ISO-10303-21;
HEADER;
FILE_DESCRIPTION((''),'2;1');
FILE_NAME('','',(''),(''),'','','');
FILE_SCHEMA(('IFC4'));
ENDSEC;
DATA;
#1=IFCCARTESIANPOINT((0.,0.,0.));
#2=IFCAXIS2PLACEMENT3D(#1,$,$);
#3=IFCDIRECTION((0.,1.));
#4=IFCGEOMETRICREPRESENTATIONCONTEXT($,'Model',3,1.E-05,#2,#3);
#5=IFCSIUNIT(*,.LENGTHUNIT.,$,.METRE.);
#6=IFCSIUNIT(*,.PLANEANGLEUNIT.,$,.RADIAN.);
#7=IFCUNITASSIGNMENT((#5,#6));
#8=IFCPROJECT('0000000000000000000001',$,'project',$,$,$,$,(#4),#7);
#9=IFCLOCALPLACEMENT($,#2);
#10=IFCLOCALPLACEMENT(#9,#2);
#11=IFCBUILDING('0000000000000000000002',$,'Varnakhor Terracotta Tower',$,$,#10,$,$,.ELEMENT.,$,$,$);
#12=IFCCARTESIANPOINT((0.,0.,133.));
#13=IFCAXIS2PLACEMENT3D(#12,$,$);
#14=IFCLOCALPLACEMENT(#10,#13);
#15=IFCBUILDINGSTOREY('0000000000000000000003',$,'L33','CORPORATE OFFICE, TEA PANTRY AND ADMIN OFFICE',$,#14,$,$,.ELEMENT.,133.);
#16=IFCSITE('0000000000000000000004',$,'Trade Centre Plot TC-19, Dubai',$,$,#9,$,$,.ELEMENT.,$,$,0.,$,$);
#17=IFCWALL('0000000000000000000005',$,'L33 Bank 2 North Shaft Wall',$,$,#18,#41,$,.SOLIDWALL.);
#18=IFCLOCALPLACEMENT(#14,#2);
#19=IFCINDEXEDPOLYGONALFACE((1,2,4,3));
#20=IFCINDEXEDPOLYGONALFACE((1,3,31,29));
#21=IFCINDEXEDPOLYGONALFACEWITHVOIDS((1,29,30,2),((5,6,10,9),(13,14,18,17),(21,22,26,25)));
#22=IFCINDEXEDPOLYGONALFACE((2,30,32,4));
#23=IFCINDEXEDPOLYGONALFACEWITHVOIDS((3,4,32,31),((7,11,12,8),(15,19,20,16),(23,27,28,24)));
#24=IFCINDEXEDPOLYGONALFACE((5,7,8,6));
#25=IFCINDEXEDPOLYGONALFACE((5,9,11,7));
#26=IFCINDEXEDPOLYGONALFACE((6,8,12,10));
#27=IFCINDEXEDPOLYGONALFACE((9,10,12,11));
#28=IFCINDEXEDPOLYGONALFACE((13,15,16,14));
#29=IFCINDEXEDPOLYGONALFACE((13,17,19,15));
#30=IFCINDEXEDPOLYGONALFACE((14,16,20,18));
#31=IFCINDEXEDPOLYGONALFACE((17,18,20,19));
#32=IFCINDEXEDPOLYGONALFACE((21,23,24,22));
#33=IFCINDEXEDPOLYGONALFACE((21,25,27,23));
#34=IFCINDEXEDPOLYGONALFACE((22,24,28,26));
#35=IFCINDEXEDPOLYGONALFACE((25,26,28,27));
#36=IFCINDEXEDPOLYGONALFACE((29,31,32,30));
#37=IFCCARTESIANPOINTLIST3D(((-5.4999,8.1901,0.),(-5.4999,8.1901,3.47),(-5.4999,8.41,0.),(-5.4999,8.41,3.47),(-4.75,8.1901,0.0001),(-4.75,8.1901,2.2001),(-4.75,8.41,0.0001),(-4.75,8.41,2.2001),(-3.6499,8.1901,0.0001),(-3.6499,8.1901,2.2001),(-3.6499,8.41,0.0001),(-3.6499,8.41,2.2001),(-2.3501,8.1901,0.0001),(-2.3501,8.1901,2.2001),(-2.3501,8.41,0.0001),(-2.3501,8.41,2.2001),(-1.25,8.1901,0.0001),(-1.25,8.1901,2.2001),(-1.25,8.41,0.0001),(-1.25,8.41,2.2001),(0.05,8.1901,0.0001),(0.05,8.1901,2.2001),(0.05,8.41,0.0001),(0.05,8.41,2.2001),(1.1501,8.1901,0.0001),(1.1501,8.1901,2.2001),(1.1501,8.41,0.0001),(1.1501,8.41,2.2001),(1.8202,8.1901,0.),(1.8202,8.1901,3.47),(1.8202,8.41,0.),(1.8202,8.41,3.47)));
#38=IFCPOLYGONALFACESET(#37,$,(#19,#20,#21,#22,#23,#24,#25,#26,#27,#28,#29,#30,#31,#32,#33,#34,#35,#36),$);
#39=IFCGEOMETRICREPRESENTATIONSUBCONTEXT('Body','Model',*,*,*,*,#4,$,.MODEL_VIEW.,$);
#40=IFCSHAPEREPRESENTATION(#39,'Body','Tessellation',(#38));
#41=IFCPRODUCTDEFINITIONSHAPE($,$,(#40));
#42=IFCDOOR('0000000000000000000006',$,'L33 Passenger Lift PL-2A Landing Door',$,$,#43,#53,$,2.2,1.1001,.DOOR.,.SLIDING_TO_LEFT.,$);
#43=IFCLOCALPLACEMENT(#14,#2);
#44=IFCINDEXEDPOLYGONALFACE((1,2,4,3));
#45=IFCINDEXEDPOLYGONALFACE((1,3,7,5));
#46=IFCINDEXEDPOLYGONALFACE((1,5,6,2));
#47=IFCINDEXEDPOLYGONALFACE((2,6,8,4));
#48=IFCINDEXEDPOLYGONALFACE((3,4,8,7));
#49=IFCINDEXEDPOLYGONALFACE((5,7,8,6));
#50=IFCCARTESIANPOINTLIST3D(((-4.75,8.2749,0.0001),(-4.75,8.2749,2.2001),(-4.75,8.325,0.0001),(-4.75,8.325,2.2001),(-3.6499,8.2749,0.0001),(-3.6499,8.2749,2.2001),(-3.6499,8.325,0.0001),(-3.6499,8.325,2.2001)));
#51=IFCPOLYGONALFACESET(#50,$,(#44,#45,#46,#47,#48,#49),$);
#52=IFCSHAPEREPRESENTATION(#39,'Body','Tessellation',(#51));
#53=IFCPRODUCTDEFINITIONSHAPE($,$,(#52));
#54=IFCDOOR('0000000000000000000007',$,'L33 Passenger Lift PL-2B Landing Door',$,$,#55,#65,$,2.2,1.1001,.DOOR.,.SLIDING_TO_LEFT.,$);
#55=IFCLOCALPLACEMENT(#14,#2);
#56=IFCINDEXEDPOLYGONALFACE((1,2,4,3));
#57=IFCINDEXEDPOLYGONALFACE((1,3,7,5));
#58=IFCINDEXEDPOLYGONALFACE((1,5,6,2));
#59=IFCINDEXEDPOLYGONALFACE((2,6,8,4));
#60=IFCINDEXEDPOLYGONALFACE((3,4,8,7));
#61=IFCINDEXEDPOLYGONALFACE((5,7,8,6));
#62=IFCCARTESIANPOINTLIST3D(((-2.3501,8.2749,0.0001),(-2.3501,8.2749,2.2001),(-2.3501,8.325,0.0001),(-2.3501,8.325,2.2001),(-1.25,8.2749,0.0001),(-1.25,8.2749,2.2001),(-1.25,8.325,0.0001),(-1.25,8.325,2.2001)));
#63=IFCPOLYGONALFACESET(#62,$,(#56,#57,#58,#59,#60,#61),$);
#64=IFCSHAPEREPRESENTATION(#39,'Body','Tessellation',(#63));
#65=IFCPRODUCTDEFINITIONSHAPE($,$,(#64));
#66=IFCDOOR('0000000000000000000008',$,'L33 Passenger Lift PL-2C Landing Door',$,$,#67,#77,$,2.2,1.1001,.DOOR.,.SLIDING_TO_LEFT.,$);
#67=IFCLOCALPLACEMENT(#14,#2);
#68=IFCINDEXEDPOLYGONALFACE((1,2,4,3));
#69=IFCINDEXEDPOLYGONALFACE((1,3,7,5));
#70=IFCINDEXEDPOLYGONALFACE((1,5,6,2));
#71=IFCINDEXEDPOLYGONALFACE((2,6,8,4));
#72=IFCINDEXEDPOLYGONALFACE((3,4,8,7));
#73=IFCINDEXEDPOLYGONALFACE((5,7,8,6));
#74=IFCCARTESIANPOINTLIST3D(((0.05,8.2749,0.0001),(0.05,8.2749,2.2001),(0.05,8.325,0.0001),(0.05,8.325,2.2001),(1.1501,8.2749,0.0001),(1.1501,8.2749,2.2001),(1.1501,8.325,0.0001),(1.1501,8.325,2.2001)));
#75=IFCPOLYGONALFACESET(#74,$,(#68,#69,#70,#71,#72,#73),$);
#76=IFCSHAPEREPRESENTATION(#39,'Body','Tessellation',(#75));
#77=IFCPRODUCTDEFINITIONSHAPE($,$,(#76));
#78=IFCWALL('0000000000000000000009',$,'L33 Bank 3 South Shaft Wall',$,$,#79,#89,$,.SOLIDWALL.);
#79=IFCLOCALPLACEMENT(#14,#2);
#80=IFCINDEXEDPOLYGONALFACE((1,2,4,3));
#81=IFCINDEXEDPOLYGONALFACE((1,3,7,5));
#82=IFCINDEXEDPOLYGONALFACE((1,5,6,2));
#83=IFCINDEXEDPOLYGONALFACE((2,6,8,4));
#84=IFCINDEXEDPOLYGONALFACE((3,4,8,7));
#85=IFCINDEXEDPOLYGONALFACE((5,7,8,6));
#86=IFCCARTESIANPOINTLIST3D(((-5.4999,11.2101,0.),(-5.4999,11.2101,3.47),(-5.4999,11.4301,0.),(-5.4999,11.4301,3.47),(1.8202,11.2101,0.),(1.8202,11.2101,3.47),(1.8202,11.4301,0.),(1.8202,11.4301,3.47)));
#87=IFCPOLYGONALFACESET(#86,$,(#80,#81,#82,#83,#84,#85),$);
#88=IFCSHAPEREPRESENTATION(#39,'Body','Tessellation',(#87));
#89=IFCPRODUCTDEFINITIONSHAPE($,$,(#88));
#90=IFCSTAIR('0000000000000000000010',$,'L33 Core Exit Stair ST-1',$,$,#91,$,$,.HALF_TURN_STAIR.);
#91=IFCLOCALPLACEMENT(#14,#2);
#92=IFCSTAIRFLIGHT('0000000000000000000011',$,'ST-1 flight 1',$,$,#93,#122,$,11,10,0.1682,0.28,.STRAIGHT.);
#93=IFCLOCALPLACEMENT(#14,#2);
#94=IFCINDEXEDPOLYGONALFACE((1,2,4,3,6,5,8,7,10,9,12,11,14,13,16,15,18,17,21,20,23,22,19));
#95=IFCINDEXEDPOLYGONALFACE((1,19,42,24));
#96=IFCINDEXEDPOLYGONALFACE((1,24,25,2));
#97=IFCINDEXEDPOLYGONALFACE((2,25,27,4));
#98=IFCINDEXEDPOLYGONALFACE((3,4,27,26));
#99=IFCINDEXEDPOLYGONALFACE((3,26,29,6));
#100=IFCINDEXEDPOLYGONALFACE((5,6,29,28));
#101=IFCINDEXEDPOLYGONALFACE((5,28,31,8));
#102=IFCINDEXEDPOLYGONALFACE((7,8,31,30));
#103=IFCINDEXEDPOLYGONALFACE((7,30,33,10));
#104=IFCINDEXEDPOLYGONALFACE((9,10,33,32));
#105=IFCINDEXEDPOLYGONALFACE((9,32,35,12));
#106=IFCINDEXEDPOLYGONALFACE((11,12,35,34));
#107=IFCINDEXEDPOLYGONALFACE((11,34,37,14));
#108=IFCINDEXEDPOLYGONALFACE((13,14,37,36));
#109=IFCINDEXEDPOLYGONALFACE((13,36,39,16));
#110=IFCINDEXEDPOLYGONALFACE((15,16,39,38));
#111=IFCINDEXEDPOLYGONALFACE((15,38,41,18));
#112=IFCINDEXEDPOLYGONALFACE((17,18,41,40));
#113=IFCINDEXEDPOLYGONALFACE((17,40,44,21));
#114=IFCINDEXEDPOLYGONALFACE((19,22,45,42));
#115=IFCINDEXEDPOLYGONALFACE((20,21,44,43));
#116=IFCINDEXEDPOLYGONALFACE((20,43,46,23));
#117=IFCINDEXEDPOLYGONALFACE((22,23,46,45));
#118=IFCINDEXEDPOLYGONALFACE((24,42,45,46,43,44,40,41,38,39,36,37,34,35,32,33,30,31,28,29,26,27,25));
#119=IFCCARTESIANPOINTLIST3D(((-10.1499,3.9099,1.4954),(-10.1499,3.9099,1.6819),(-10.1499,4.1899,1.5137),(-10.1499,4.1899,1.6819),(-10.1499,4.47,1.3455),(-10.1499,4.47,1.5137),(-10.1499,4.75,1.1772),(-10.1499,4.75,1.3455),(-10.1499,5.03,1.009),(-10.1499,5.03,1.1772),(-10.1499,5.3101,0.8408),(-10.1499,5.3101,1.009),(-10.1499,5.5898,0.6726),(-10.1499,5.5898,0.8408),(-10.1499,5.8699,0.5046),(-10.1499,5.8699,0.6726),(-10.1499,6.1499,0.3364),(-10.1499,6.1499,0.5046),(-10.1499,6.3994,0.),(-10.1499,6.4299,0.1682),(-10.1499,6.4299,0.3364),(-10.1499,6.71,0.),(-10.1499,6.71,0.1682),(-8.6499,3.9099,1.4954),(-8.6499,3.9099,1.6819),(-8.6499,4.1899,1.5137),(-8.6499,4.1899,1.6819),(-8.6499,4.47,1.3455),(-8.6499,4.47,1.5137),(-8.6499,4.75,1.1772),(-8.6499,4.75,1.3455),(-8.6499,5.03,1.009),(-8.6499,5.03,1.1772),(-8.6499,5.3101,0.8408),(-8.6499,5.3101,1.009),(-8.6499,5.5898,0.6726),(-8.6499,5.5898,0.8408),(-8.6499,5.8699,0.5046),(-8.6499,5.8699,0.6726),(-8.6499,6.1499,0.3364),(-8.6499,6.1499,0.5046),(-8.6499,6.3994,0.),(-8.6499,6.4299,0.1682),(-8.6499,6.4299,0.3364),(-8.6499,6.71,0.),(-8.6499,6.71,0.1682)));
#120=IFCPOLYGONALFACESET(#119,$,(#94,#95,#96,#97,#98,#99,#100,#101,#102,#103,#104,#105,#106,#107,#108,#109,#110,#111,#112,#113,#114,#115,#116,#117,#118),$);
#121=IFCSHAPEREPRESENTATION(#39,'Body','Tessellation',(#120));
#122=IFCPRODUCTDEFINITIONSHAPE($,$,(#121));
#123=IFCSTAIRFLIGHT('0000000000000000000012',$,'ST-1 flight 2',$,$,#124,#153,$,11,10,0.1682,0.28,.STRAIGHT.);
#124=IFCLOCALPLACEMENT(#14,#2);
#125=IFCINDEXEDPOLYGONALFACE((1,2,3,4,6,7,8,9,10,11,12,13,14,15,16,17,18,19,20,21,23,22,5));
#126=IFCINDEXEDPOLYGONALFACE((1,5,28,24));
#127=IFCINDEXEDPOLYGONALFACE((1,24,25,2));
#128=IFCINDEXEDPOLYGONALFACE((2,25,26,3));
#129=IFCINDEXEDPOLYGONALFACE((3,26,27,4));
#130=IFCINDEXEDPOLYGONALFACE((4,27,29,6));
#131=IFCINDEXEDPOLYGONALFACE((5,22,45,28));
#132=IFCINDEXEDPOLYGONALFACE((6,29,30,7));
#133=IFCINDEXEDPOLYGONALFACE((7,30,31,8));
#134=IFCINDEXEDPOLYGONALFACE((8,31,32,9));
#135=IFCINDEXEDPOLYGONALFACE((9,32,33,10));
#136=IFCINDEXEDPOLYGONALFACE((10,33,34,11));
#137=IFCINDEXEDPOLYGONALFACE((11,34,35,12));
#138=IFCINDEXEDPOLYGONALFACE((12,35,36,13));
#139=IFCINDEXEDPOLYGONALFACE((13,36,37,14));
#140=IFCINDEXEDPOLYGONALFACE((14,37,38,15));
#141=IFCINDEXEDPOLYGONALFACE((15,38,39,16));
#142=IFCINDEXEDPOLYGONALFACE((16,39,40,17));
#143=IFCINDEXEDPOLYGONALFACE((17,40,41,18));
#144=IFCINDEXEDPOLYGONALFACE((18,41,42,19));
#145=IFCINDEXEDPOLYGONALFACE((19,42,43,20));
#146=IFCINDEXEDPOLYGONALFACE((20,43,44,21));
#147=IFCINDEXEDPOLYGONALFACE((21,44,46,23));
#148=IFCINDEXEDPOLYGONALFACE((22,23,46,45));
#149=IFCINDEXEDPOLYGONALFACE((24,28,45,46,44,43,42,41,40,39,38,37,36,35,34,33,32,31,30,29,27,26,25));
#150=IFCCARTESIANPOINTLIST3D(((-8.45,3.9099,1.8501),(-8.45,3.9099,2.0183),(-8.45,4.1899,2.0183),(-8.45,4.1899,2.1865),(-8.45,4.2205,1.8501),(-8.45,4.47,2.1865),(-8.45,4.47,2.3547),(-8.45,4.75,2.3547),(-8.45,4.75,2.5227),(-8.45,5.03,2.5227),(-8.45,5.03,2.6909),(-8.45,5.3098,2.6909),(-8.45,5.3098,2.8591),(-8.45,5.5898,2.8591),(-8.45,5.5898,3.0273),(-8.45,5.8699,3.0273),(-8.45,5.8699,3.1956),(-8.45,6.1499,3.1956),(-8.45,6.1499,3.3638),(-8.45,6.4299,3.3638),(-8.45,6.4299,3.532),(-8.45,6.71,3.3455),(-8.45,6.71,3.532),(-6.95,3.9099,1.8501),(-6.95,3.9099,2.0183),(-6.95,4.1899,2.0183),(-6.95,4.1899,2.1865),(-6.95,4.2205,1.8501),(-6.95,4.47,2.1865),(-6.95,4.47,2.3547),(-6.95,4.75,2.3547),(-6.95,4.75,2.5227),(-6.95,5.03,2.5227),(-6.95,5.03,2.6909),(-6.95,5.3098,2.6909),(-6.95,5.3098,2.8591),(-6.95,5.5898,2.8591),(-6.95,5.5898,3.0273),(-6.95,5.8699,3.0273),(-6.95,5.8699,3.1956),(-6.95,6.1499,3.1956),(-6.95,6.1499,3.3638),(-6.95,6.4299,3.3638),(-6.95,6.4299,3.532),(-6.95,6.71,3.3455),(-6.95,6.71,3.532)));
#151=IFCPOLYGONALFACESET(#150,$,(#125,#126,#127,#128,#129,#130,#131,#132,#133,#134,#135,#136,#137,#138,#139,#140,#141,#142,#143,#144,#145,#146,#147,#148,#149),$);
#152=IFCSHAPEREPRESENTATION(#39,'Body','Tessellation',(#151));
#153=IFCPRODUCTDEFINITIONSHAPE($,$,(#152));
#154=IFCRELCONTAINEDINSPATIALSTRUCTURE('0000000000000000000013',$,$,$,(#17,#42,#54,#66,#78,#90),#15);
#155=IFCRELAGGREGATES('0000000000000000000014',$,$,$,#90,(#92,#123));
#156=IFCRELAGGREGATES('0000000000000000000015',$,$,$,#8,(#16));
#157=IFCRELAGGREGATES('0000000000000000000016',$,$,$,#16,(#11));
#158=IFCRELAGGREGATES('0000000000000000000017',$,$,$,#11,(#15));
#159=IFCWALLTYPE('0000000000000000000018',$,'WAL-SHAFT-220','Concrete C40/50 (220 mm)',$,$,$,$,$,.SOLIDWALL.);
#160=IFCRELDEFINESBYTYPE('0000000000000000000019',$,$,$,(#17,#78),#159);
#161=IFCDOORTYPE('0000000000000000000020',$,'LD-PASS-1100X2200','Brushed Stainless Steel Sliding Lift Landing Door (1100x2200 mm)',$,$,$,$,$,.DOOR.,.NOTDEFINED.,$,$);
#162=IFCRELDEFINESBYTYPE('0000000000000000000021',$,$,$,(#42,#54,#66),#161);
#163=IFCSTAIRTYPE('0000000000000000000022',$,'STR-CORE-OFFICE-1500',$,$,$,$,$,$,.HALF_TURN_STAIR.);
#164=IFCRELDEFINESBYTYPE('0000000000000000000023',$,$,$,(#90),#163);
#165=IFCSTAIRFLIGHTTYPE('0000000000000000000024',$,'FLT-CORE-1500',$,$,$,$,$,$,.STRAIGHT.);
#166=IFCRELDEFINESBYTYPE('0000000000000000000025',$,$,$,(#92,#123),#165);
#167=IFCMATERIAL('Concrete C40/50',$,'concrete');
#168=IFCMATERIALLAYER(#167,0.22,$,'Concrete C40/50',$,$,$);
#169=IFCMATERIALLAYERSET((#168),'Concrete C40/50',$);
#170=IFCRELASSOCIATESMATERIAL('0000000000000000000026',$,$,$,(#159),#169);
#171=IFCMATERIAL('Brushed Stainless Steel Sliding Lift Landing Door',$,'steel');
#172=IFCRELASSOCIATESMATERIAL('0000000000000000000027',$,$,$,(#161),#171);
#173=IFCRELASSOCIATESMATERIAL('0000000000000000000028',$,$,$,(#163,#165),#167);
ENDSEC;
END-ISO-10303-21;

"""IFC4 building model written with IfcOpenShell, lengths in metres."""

from ifc_helpers import new_model, si_unit, direction, frame, frame_2d, origin, place, context, subcontext, project, spatial, polyline, rectangle, outline, extrude, source, transform, mapped, material, layer, layer_set, type_object, type_shapes, element, fill, aggregate, save


model = new_model("IFC4")

# Units and contexts
model_context = context("Model", 3, precision=1e-05, world=origin(), true_north=direction((0.0, 1.0)))
body_context = subcontext(model_context, "Body", "Model", "MODEL_VIEW")
ifc_project = project(units=[si_unit("LENGTHUNIT", "METRE"), si_unit("PLANEANGLEUNIT", "RADIAN")], contexts=[model_context])

# Site, building, storey
site_placement = place(None, origin())
site = spatial("IfcSite", under=ifc_project, at=site_placement, Name="Trade Centre Plot TC-19, Dubai", CompositionType="ELEMENT", RefElevation=0.0)
building_placement = place(site_placement, origin())
building = spatial("IfcBuilding", under=site, at=building_placement, Name="Varnakhor Terracotta Tower", CompositionType="ELEMENT")
storey_placement = place(building_placement, frame((0.0, 0.0, 133.0)))
storey = spatial("IfcBuildingStorey", under=building, at=storey_placement, Name="L33", Description="CORPORATE OFFICE, TEA PANTRY AND ADMIN OFFICE", CompositionType="ELEMENT", Elevation=133.0)

# Shared definitions
ifc_material_1 = material(Name="Concrete C40/50", Category="concrete")

# Shared definitions
ifc_layer_1 = layer(ifc_material_1, 0.22, Name="Concrete C40/50")
ifc_layer_set_1 = layer_set([ifc_layer_1], Name="Concrete C40/50")
wall_type_1 = type_object("IfcWallType", Name="WAL-SHAFT-220", Description="Concrete C40/50 (220 mm)", PredefinedType="SOLIDWALL", material=ifc_layer_set_1)

# Wall, openings, doors
wall_1_placement = place(storey_placement, frame((-5.5, 8.3, 0.0), z_axis=(0.0, 0.0, 1.0), x_axis=(1.0, 0.0, 0.0)))
wall_1 = element("IfcWall", 1, at=wall_1_placement, inside=storey, type_object=wall_type_1, Name="L33 Bank 2 North Shaft Wall", PredefinedType="SOLIDWALL", context=body_context, shape_type="SweptSolid", body=[
    extrude(rectangle(XDim=7.3201, YDim=0.22, at=frame_2d((3.6602, 0.0))), origin(), (0.0, 0.0, 1.0), 3.47),
])
opening_1_placement = place(wall_1_placement, frame((0.75, 0.0, 0.0)))
opening_1 = element("IfcOpeningElement", 2, at=opening_1_placement, cuts=wall_1, PredefinedType="OPENING", context=body_context, shape_type="SweptSolid", body=[
    extrude(rectangle(XDim=1.1001, YDim=2.2, at=frame_2d((0.55, 1.1001))), frame((0.0, 0.1201, 0.0), z_axis=(0.0, -1.0, 0.0), x_axis=(1.0, 0.0, 0.0)), (0.0, 0.0, 1.0), 0.24),
])
opening_2_placement = place(wall_1_placement, frame((3.1499, 0.0, 0.0)))
opening_2 = element("IfcOpeningElement", 3, at=opening_2_placement, cuts=wall_1, PredefinedType="OPENING", context=body_context, shape_type="SweptSolid", body=[
    extrude(rectangle(XDim=1.1001, YDim=2.2, at=frame_2d((0.55, 1.1001))), frame((0.0, 0.1201, 0.0), z_axis=(0.0, -1.0, 0.0), x_axis=(1.0, 0.0, 0.0)), (0.0, 0.0, 1.0), 0.24),
])
opening_3_placement = place(wall_1_placement, frame((5.55, 0.0, 0.0)))
opening_3 = element("IfcOpeningElement", 4, at=opening_3_placement, cuts=wall_1, PredefinedType="OPENING", context=body_context, shape_type="SweptSolid", body=[
    extrude(rectangle(XDim=1.1001, YDim=2.2, at=frame_2d((0.55, 1.1001))), frame((0.0, 0.1201, 0.0), z_axis=(0.0, -1.0, 0.0), x_axis=(1.0, 0.0, 0.0)), (0.0, 0.0, 1.0), 0.24),
])
ifc_material_2 = material(Name="Brushed Stainless Steel Sliding Lift Landing Door", Category="steel")
door_type_1 = type_object("IfcDoorType", Name="LD-PASS-1100X2200", Description="Brushed Stainless Steel Sliding Lift Landing Door (1100x2200 mm)", OperationType="NOTDEFINED", PredefinedType="DOOR", material=ifc_material_2)
shared_shape_1 = source(origin(), body_context, "Body", "SweptSolid", [
    extrude(rectangle(XDim=1.1001, YDim=2.2, at=frame_2d((0.55, 1.1001))), frame((0.0, 0.0249, 0.0), z_axis=(0.0, -1.0, 0.0), x_axis=(1.0, 0.0, 0.0)), (0.0, 0.0, 1.0), 0.05),
])
type_shapes(door_type_1, [shared_shape_1])
door_1_placement = place(opening_1_placement, origin())
door_1 = element("IfcDoor", 5, at=door_1_placement, inside=storey, type_object=door_type_1, Name="L33 Passenger Lift PL-2A Landing Door", OperationType="SLIDING_TO_LEFT", OverallHeight=2.2, OverallWidth=1.1001, PredefinedType="DOOR", context=body_context, shape_type="MappedRepresentation", body=[
    mapped(shared_shape_1, transform((0.0, 0.0, 0.0), scale=1.0)),
])
fill(opening_1, door_1)
door_2_placement = place(opening_2_placement, origin())
door_2 = element("IfcDoor", 6, at=door_2_placement, inside=storey, type_object=door_type_1, Name="L33 Passenger Lift PL-2B Landing Door", OperationType="SLIDING_TO_LEFT", OverallHeight=2.2, OverallWidth=1.1001, PredefinedType="DOOR", context=body_context, shape_type="MappedRepresentation", body=[
    mapped(shared_shape_1, transform((0.0, 0.0, 0.0), scale=1.0)),
])
fill(opening_2, door_2)
door_3_placement = place(opening_3_placement, origin())
door_3 = element("IfcDoor", 7, at=door_3_placement, inside=storey, type_object=door_type_1, Name="L33 Passenger Lift PL-2C Landing Door", OperationType="SLIDING_TO_LEFT", OverallHeight=2.2, OverallWidth=1.1001, PredefinedType="DOOR", context=body_context, shape_type="MappedRepresentation", body=[
    mapped(shared_shape_1, transform((0.0, 0.0, 0.0), scale=1.0)),
])
fill(opening_3, door_3)

# Wall
wall_2_placement = place(storey_placement, frame((-5.5, 11.3201, 0.0), z_axis=(0.0, 0.0, 1.0), x_axis=(1.0, 0.0, 0.0)))
element("IfcWall", 8, at=wall_2_placement, inside=storey, type_object=wall_type_1, Name="L33 Bank 3 South Shaft Wall", PredefinedType="SOLIDWALL", context=body_context, shape_type="SweptSolid", body=[
    extrude(rectangle(XDim=7.3201, YDim=0.22, at=frame_2d((3.6602, 0.0))), origin(), (0.0, 0.0, 1.0), 3.47),
])

# Stair, stair flights
stair_type = type_object("IfcStairType", Name="STR-CORE-OFFICE-1500", PredefinedType="HALF_TURN_STAIR", material=ifc_material_1)
stair_placement = place(storey_placement, origin())
stair = element("IfcStair", 9, at=stair_placement, inside=storey, type_object=stair_type, Name="L33 Core Exit Stair ST-1", PredefinedType="HALF_TURN_STAIR")
stair_flight_type = type_object("IfcStairFlightType", Name="FLT-CORE-1500", PredefinedType="STRAIGHT", material=ifc_material_1)
stair_flight_1_placement = place(storey_placement, frame((-9.3999, 6.71, 0.0), z_axis=(0.0, 0.0, 1.0), x_axis=(0.0, -1.0, 0.0)))
stair_flight_1 = element("IfcStairFlight", 10, at=stair_flight_1_placement, type_object=stair_flight_type, Name="ST-1 flight 1", NumberOfRisers=11, NumberOfTreads=10, PredefinedType="STRAIGHT", RiserHeight=0.1682, TreadLength=0.28, context=body_context, shape_type="SweptSolid", body=[
    extrude(outline(polyline([(0.0, 0.0), (0.0, 0.1682), (0.28, 0.1682), (0.28, 0.3364), (0.5601, 0.3364), (0.5601, 0.5046), (0.8401, 0.5046), (0.8401, 0.6726), (1.1201, 0.6726), (1.1201, 0.8408), (1.3999, 0.8408), (1.3999, 1.009), (1.6799, 1.009), (1.6799, 1.1772), (1.96, 1.1772), (1.96, 1.3455), (2.24, 1.3455), (2.24, 1.5137), (2.52, 1.5137), (2.52, 1.6819), (2.8, 1.6819), (2.8, 1.8501), (2.8, 1.4954), (0.3105, 0.0), (0.0, 0.0)])), frame((0.0, 0.75, 0.0), z_axis=(0.0, -1.0, 0.0), x_axis=(1.0, 0.0, 0.0)), (0.0, 0.0, 1.0), 1.5),
])
stair_flight_2_placement = place(storey_placement, frame((-7.7, 3.9099, 1.8501), z_axis=(0.0, 0.0, 1.0), x_axis=(0.0, 1.0, 0.0)))
stair_flight_2 = element("IfcStairFlight", 11, at=stair_flight_2_placement, type_object=stair_flight_type, Name="ST-1 flight 2", NumberOfRisers=11, NumberOfTreads=10, PredefinedType="STRAIGHT", RiserHeight=0.1682, TreadLength=0.28, context=body_context, shape_type="SweptSolid", body=[
    extrude(outline(polyline([(0.0, 0.0), (0.0, 0.1682), (0.28, 0.1682), (0.28, 0.3364), (0.5601, 0.3364), (0.5601, 0.5046), (0.8401, 0.5046), (0.8401, 0.6726), (1.1201, 0.6726), (1.1201, 0.8408), (1.3999, 0.8408), (1.3999, 1.009), (1.6799, 1.009), (1.6799, 1.1772), (1.96, 1.1772), (1.96, 1.3455), (2.24, 1.3455), (2.24, 1.5137), (2.52, 1.5137), (2.52, 1.6819), (2.8, 1.6819), (2.8, 1.8501), (2.8, 1.4954), (0.3105, 0.0), (0.0, 0.0)])), frame((0.0, 0.75, 0.0), z_axis=(0.0, -1.0, 0.0), x_axis=(1.0, 0.0, 0.0)), (0.0, 0.0, 1.0), 1.5),
])
aggregate(stair, [stair_flight_1, stair_flight_2])

save(model, "model.ifc")
